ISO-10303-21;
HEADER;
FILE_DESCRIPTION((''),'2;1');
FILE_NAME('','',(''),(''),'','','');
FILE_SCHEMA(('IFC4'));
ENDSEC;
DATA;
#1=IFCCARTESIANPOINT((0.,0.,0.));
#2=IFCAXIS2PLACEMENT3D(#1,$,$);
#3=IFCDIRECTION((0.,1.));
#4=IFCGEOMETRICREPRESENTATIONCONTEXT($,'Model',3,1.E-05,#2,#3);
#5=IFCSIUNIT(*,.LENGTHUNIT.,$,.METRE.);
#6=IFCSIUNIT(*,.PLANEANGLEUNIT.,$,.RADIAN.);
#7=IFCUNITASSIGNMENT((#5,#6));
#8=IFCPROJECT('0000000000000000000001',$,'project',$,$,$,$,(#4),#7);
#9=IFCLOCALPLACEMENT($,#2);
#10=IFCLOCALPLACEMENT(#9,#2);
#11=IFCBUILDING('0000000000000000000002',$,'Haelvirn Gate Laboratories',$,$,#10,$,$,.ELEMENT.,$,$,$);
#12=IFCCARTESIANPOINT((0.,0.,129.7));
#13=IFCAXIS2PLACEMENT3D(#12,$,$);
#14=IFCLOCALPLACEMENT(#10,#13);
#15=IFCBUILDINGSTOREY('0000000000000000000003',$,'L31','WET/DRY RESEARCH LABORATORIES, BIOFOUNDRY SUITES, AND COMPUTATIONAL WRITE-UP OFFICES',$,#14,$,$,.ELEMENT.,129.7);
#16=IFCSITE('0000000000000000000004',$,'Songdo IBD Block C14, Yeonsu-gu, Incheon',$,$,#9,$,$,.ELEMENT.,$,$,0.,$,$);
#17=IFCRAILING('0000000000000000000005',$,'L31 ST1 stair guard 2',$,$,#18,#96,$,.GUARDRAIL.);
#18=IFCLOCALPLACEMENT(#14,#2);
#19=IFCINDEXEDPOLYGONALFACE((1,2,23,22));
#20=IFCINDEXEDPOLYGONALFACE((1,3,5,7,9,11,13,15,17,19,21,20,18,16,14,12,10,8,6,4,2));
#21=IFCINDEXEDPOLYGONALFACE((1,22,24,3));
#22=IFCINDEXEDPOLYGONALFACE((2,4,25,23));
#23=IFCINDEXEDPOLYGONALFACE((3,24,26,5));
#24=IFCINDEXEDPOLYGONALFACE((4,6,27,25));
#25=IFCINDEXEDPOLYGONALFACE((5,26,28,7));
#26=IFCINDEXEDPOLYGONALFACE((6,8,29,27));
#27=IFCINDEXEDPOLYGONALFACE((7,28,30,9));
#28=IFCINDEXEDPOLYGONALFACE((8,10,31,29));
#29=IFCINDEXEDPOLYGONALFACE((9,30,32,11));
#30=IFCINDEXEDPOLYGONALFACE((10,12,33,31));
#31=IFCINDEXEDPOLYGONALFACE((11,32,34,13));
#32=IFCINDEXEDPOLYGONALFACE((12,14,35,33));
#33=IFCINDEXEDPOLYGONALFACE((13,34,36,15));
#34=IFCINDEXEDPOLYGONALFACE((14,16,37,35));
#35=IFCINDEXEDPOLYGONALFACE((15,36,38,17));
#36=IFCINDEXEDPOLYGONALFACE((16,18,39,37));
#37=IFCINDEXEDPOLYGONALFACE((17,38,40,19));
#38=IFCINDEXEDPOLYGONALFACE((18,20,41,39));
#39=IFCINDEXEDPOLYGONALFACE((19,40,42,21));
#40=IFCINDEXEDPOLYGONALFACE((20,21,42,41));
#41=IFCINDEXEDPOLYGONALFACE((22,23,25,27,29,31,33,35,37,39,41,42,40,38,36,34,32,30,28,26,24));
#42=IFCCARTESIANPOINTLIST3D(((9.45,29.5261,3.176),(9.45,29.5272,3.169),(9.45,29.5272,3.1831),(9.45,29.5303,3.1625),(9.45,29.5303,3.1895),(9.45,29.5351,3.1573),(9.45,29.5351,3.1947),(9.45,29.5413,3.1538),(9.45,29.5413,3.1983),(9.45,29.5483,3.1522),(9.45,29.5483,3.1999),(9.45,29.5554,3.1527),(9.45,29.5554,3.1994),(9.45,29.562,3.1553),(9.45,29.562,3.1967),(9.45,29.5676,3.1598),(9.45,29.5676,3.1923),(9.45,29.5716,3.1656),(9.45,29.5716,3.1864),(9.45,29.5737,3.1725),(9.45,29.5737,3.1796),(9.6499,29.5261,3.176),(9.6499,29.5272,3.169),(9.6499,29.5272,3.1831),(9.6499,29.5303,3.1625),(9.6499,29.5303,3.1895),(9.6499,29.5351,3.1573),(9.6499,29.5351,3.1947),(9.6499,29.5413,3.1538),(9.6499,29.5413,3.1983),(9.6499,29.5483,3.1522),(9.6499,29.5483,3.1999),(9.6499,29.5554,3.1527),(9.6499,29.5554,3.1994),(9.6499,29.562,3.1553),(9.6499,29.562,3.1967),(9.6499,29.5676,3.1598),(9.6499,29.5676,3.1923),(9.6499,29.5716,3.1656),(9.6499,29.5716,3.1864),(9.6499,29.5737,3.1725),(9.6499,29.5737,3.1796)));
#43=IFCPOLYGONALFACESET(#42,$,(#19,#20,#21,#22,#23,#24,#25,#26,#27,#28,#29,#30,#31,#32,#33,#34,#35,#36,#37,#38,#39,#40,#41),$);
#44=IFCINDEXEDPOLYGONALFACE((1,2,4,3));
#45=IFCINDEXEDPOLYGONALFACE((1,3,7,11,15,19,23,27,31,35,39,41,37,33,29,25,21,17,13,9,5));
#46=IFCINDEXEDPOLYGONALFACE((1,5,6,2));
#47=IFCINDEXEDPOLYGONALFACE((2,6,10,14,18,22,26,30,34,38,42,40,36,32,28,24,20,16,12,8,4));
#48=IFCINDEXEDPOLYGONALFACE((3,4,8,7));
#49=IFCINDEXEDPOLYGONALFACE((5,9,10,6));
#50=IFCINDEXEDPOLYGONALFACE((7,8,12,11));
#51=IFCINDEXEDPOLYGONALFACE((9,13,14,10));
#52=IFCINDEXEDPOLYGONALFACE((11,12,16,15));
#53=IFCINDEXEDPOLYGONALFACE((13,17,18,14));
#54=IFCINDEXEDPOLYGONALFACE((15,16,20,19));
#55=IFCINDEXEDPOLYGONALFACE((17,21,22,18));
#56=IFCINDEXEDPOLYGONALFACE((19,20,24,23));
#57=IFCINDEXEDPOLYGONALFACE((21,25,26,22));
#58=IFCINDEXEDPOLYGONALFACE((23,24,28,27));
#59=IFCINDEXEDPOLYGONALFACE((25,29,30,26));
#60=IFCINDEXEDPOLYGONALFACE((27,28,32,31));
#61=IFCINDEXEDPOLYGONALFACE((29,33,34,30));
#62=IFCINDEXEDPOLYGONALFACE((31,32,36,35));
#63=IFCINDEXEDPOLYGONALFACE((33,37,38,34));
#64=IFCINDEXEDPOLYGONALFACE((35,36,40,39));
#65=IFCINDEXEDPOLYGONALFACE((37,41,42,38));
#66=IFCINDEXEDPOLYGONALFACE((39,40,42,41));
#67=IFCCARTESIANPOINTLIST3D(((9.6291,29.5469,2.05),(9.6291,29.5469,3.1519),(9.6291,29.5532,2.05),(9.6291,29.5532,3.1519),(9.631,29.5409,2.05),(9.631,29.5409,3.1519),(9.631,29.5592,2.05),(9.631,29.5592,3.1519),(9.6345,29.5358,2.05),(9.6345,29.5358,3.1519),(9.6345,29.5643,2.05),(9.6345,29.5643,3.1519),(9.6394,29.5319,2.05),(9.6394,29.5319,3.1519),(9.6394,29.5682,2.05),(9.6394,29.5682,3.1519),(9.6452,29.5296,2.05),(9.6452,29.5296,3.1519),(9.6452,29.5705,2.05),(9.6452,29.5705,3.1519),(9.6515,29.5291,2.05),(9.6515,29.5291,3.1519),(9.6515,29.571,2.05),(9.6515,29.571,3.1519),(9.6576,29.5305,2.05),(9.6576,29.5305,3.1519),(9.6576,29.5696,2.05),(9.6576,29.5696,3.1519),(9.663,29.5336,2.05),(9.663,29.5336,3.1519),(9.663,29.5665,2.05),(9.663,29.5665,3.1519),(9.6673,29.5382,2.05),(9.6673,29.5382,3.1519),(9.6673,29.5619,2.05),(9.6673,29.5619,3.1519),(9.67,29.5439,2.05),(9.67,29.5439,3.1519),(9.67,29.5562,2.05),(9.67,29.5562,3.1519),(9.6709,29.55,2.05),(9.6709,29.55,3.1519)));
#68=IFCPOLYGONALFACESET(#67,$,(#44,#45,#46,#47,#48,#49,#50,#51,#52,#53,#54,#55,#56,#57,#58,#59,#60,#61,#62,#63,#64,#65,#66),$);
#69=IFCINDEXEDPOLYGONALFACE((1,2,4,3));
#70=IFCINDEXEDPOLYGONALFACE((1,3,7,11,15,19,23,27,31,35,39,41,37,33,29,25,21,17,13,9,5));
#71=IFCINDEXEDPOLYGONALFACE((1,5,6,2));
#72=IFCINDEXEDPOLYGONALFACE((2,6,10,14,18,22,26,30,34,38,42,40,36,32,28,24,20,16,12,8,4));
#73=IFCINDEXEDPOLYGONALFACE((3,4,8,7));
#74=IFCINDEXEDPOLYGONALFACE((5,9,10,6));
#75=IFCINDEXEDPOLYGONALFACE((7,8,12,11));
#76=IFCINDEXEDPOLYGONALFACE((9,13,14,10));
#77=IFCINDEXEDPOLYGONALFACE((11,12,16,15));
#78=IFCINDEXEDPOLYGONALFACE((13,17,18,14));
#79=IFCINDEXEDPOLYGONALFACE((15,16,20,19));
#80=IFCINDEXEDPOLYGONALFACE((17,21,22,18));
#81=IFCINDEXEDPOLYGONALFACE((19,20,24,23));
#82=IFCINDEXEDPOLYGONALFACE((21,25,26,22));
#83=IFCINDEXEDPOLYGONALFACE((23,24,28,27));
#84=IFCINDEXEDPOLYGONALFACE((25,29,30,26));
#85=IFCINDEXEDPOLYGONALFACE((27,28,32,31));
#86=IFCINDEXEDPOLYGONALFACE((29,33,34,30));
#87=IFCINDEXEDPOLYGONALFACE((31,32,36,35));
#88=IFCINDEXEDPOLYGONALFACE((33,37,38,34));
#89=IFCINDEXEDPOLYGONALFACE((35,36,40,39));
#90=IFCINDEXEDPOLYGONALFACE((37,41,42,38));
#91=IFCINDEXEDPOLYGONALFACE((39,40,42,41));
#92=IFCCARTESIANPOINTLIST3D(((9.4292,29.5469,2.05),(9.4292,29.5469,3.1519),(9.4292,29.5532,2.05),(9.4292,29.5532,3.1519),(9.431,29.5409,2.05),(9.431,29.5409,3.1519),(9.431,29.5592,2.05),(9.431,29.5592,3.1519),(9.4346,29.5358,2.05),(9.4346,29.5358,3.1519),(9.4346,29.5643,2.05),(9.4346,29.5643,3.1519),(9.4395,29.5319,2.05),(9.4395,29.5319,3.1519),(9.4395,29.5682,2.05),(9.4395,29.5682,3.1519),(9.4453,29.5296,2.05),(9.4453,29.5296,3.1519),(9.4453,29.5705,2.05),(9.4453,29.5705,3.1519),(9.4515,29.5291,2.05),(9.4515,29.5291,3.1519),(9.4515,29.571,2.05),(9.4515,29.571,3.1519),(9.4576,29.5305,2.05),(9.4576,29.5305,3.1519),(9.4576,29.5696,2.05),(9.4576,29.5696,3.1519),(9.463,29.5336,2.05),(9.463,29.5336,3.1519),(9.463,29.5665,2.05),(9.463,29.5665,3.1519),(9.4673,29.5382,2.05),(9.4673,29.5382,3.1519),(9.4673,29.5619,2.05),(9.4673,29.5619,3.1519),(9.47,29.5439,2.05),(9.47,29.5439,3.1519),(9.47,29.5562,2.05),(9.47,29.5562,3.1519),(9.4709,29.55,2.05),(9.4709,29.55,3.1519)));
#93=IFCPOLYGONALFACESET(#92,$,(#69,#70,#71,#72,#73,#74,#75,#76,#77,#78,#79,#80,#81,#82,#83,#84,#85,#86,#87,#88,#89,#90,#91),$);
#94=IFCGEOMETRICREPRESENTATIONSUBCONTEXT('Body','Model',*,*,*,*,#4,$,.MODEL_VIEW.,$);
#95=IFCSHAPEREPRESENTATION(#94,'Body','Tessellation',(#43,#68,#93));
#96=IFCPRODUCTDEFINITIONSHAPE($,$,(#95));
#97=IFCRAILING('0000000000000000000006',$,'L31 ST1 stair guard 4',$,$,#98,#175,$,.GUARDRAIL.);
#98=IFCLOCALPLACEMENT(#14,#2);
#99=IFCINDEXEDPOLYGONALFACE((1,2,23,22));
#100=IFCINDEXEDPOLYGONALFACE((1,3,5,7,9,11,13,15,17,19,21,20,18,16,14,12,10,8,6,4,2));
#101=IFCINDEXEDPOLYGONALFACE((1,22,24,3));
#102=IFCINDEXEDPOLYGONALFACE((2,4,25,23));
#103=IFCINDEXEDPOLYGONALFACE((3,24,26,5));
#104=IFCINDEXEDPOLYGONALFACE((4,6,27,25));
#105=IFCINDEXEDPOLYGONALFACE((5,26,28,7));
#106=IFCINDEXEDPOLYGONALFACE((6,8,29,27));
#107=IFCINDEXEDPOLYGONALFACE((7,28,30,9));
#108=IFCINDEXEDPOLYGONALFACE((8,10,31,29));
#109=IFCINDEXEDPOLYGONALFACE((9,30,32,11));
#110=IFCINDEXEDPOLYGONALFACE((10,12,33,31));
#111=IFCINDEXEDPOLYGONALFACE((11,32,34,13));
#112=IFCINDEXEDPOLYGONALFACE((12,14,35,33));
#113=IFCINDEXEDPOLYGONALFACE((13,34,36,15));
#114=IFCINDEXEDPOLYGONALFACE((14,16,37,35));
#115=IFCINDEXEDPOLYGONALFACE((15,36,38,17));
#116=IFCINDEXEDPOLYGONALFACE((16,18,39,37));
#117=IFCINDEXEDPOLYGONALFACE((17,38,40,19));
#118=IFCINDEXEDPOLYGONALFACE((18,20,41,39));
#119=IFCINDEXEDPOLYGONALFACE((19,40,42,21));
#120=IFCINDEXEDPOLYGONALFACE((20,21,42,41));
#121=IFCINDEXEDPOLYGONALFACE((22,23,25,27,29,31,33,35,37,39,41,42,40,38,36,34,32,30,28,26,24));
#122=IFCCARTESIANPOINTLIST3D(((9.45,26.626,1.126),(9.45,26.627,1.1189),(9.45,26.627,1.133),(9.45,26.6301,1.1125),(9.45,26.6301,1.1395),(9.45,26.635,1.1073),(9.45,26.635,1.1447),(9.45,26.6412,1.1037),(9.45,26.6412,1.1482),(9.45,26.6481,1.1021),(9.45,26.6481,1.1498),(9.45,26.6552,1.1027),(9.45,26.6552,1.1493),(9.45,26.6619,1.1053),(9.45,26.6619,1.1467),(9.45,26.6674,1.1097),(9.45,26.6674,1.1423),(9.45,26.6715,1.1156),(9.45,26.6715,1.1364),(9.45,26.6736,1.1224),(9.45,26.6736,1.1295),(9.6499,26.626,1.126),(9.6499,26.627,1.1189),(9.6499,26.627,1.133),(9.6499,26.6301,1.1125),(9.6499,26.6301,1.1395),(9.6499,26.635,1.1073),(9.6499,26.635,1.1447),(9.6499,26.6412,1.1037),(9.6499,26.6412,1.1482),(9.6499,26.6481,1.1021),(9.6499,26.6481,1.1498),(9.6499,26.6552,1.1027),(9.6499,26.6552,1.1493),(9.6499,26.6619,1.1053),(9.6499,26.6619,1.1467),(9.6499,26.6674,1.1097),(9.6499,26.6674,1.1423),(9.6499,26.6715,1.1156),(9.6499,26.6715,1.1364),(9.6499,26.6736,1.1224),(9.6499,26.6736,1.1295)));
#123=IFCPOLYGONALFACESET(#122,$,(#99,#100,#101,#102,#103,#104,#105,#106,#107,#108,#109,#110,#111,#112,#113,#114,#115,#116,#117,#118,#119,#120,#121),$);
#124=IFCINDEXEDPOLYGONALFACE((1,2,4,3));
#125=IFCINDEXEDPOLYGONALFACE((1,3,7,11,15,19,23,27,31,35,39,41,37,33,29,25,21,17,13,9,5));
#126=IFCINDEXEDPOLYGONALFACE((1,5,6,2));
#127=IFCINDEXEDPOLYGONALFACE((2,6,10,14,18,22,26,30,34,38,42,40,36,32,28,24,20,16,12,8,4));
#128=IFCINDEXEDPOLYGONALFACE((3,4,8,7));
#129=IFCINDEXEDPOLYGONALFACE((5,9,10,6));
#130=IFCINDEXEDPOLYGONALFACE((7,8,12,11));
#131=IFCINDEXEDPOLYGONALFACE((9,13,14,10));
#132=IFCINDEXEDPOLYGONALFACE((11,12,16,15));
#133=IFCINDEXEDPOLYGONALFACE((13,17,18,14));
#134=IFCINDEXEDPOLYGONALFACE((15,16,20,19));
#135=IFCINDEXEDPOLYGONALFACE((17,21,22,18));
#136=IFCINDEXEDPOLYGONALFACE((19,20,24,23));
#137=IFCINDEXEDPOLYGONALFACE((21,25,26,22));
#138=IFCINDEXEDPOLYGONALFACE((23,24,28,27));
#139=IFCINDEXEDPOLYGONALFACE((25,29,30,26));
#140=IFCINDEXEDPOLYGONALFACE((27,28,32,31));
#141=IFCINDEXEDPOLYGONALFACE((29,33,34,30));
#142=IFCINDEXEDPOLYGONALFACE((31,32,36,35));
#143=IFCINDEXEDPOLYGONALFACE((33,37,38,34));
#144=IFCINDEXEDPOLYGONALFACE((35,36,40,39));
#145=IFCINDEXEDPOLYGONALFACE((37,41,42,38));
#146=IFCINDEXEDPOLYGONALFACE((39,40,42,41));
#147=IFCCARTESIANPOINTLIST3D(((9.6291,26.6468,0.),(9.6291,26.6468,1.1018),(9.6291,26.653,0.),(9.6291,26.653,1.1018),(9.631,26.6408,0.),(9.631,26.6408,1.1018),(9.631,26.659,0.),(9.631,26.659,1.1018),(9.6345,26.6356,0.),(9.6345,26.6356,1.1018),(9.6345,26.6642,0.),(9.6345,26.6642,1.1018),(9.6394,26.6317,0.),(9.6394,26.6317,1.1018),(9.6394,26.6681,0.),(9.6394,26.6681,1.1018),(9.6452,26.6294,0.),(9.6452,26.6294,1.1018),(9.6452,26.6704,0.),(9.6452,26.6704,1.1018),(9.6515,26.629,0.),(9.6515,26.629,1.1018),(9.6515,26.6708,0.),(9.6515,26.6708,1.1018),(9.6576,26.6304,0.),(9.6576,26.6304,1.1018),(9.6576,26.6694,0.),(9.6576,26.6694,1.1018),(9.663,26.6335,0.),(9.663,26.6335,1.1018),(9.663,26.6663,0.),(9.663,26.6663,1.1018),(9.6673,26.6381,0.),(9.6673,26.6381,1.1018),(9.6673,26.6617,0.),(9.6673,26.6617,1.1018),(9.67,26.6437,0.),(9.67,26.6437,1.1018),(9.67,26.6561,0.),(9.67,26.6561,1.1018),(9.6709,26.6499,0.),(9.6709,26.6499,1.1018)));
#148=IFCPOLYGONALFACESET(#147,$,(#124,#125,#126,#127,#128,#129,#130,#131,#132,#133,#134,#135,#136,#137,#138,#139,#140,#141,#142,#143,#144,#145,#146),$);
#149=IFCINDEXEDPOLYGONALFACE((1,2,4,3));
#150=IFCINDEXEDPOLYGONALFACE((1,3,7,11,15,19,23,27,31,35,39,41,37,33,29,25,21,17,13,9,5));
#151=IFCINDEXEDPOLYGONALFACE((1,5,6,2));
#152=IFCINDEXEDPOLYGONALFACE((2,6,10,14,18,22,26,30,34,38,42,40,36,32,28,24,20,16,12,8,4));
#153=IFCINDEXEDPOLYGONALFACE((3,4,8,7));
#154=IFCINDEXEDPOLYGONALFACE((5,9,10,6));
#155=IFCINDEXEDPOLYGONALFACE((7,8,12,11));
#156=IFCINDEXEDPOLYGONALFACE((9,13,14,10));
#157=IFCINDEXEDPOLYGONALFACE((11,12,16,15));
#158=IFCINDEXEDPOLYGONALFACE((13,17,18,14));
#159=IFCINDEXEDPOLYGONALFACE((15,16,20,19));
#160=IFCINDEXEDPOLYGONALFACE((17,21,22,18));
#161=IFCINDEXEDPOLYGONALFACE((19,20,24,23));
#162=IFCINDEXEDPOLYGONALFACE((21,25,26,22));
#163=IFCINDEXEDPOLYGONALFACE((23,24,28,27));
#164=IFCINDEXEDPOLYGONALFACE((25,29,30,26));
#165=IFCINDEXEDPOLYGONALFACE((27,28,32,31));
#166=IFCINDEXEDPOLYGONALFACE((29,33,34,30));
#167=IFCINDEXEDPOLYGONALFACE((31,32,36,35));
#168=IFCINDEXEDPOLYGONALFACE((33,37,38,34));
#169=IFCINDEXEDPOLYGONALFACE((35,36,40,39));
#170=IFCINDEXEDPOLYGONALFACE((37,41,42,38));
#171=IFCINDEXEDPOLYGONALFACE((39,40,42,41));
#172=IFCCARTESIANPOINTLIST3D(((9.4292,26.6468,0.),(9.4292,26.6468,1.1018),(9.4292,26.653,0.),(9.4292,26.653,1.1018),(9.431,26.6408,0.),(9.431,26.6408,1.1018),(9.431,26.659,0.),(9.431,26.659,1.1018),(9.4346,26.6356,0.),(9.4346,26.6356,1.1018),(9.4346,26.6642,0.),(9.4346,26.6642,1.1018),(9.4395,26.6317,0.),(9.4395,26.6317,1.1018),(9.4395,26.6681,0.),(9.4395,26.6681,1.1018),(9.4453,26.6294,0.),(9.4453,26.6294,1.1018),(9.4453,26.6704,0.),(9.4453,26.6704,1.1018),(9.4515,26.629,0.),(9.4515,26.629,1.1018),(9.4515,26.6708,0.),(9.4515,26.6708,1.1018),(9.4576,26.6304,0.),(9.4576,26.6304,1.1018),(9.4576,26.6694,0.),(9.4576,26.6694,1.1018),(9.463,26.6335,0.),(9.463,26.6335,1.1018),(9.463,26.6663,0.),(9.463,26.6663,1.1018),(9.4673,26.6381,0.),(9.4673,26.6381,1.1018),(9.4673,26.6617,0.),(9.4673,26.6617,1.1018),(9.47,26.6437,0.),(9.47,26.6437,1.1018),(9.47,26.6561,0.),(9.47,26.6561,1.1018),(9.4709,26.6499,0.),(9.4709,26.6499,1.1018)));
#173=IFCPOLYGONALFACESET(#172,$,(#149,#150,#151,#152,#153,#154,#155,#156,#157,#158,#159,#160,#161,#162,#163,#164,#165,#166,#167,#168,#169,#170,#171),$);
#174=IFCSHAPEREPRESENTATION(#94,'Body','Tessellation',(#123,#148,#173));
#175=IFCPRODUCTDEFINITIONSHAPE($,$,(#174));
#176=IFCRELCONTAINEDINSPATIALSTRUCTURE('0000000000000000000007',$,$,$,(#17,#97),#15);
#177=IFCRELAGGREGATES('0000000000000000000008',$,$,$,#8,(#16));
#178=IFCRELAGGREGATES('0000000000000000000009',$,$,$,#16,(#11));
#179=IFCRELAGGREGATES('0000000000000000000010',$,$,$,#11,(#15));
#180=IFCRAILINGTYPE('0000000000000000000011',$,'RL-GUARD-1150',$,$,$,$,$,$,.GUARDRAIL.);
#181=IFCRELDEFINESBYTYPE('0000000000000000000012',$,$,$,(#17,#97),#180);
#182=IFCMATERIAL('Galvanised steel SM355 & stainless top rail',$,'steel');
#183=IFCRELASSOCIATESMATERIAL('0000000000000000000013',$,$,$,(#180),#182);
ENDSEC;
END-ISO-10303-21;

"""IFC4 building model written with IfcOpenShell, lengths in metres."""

from ifc_helpers import new_model, si_unit, direction, frame, origin, origin_2d, place, context, subcontext, project, spatial, circle, extrude, source, transform, mapped, material, type_object, element, save


model = new_model("IFC4")

# Units and contexts
model_context = context("Model", 3, precision=1e-05, world=origin(), true_north=direction((0.0, 1.0)))
body_context = subcontext(model_context, "Body", "Model", "MODEL_VIEW")
ifc_project = project(units=[si_unit("LENGTHUNIT", "METRE"), si_unit("PLANEANGLEUNIT", "RADIAN")], contexts=[model_context])

# Site, building, storey
site_placement = place(None, origin())
site = spatial("IfcSite", under=ifc_project, at=site_placement, Name="Songdo IBD Block C14, Yeonsu-gu, Incheon", CompositionType="ELEMENT", RefElevation=0.0)
building_placement = place(site_placement, origin())
building = spatial("IfcBuilding", under=site, at=building_placement, Name="Haelvirn Gate Laboratories", CompositionType="ELEMENT")
storey_placement = place(building_placement, frame((0.0, 0.0, 129.7)))
storey = spatial("IfcBuildingStorey", under=building, at=storey_placement, Name="L31", Description="WET/DRY RESEARCH LABORATORIES, BIOFOUNDRY SUITES, AND COMPUTATIONAL WRITE-UP OFFICES", CompositionType="ELEMENT", Elevation=129.7)

# Railings
ifc_material_1 = material(Name="Galvanised steel SM355 & stainless top rail", Category="steel")
railing_type_1 = type_object("IfcRailingType", Name="RL-GUARD-1150", PredefinedType="GUARDRAIL", material=ifc_material_1)
shared_shape_1 = source(origin(), body_context, "Body", "SweptSolid", [
    extrude(circle(Radius=0.0239, at=origin_2d()), frame((0.0, 0.0, 1.126), z_axis=(-1.0, 0.0, 0.0), x_axis=(0.0, -1.0, 0.0)), (0.0, 0.0, 1.0), 0.2),
    extrude(circle(Radius=0.021, at=origin_2d()), origin(), (0.0, 0.0, 1.0), 1.1018),
    extrude(circle(Radius=0.021, at=origin_2d()), frame((-0.2, 0.0, 0.0)), (0.0, 0.0, 1.0), 1.1018),
])
for number, where, name in (
    (1, (9.6499, 29.55, 2.05), "L31 ST1 stair guard 2"),
    (2, (9.6499, 26.6499, 0.0), "L31 ST1 stair guard 4"),
):
    element("IfcRailing", number, at=place(storey_placement, frame(where)), inside=storey, type_object=railing_type_1, Name=name, PredefinedType="GUARDRAIL", context=body_context, shape_type="MappedRepresentation", body=[
        mapped(shared_shape_1, transform((0.0, 0.0, 0.0), scale=1.0)),
    ])

save(model, "model.ifc")
